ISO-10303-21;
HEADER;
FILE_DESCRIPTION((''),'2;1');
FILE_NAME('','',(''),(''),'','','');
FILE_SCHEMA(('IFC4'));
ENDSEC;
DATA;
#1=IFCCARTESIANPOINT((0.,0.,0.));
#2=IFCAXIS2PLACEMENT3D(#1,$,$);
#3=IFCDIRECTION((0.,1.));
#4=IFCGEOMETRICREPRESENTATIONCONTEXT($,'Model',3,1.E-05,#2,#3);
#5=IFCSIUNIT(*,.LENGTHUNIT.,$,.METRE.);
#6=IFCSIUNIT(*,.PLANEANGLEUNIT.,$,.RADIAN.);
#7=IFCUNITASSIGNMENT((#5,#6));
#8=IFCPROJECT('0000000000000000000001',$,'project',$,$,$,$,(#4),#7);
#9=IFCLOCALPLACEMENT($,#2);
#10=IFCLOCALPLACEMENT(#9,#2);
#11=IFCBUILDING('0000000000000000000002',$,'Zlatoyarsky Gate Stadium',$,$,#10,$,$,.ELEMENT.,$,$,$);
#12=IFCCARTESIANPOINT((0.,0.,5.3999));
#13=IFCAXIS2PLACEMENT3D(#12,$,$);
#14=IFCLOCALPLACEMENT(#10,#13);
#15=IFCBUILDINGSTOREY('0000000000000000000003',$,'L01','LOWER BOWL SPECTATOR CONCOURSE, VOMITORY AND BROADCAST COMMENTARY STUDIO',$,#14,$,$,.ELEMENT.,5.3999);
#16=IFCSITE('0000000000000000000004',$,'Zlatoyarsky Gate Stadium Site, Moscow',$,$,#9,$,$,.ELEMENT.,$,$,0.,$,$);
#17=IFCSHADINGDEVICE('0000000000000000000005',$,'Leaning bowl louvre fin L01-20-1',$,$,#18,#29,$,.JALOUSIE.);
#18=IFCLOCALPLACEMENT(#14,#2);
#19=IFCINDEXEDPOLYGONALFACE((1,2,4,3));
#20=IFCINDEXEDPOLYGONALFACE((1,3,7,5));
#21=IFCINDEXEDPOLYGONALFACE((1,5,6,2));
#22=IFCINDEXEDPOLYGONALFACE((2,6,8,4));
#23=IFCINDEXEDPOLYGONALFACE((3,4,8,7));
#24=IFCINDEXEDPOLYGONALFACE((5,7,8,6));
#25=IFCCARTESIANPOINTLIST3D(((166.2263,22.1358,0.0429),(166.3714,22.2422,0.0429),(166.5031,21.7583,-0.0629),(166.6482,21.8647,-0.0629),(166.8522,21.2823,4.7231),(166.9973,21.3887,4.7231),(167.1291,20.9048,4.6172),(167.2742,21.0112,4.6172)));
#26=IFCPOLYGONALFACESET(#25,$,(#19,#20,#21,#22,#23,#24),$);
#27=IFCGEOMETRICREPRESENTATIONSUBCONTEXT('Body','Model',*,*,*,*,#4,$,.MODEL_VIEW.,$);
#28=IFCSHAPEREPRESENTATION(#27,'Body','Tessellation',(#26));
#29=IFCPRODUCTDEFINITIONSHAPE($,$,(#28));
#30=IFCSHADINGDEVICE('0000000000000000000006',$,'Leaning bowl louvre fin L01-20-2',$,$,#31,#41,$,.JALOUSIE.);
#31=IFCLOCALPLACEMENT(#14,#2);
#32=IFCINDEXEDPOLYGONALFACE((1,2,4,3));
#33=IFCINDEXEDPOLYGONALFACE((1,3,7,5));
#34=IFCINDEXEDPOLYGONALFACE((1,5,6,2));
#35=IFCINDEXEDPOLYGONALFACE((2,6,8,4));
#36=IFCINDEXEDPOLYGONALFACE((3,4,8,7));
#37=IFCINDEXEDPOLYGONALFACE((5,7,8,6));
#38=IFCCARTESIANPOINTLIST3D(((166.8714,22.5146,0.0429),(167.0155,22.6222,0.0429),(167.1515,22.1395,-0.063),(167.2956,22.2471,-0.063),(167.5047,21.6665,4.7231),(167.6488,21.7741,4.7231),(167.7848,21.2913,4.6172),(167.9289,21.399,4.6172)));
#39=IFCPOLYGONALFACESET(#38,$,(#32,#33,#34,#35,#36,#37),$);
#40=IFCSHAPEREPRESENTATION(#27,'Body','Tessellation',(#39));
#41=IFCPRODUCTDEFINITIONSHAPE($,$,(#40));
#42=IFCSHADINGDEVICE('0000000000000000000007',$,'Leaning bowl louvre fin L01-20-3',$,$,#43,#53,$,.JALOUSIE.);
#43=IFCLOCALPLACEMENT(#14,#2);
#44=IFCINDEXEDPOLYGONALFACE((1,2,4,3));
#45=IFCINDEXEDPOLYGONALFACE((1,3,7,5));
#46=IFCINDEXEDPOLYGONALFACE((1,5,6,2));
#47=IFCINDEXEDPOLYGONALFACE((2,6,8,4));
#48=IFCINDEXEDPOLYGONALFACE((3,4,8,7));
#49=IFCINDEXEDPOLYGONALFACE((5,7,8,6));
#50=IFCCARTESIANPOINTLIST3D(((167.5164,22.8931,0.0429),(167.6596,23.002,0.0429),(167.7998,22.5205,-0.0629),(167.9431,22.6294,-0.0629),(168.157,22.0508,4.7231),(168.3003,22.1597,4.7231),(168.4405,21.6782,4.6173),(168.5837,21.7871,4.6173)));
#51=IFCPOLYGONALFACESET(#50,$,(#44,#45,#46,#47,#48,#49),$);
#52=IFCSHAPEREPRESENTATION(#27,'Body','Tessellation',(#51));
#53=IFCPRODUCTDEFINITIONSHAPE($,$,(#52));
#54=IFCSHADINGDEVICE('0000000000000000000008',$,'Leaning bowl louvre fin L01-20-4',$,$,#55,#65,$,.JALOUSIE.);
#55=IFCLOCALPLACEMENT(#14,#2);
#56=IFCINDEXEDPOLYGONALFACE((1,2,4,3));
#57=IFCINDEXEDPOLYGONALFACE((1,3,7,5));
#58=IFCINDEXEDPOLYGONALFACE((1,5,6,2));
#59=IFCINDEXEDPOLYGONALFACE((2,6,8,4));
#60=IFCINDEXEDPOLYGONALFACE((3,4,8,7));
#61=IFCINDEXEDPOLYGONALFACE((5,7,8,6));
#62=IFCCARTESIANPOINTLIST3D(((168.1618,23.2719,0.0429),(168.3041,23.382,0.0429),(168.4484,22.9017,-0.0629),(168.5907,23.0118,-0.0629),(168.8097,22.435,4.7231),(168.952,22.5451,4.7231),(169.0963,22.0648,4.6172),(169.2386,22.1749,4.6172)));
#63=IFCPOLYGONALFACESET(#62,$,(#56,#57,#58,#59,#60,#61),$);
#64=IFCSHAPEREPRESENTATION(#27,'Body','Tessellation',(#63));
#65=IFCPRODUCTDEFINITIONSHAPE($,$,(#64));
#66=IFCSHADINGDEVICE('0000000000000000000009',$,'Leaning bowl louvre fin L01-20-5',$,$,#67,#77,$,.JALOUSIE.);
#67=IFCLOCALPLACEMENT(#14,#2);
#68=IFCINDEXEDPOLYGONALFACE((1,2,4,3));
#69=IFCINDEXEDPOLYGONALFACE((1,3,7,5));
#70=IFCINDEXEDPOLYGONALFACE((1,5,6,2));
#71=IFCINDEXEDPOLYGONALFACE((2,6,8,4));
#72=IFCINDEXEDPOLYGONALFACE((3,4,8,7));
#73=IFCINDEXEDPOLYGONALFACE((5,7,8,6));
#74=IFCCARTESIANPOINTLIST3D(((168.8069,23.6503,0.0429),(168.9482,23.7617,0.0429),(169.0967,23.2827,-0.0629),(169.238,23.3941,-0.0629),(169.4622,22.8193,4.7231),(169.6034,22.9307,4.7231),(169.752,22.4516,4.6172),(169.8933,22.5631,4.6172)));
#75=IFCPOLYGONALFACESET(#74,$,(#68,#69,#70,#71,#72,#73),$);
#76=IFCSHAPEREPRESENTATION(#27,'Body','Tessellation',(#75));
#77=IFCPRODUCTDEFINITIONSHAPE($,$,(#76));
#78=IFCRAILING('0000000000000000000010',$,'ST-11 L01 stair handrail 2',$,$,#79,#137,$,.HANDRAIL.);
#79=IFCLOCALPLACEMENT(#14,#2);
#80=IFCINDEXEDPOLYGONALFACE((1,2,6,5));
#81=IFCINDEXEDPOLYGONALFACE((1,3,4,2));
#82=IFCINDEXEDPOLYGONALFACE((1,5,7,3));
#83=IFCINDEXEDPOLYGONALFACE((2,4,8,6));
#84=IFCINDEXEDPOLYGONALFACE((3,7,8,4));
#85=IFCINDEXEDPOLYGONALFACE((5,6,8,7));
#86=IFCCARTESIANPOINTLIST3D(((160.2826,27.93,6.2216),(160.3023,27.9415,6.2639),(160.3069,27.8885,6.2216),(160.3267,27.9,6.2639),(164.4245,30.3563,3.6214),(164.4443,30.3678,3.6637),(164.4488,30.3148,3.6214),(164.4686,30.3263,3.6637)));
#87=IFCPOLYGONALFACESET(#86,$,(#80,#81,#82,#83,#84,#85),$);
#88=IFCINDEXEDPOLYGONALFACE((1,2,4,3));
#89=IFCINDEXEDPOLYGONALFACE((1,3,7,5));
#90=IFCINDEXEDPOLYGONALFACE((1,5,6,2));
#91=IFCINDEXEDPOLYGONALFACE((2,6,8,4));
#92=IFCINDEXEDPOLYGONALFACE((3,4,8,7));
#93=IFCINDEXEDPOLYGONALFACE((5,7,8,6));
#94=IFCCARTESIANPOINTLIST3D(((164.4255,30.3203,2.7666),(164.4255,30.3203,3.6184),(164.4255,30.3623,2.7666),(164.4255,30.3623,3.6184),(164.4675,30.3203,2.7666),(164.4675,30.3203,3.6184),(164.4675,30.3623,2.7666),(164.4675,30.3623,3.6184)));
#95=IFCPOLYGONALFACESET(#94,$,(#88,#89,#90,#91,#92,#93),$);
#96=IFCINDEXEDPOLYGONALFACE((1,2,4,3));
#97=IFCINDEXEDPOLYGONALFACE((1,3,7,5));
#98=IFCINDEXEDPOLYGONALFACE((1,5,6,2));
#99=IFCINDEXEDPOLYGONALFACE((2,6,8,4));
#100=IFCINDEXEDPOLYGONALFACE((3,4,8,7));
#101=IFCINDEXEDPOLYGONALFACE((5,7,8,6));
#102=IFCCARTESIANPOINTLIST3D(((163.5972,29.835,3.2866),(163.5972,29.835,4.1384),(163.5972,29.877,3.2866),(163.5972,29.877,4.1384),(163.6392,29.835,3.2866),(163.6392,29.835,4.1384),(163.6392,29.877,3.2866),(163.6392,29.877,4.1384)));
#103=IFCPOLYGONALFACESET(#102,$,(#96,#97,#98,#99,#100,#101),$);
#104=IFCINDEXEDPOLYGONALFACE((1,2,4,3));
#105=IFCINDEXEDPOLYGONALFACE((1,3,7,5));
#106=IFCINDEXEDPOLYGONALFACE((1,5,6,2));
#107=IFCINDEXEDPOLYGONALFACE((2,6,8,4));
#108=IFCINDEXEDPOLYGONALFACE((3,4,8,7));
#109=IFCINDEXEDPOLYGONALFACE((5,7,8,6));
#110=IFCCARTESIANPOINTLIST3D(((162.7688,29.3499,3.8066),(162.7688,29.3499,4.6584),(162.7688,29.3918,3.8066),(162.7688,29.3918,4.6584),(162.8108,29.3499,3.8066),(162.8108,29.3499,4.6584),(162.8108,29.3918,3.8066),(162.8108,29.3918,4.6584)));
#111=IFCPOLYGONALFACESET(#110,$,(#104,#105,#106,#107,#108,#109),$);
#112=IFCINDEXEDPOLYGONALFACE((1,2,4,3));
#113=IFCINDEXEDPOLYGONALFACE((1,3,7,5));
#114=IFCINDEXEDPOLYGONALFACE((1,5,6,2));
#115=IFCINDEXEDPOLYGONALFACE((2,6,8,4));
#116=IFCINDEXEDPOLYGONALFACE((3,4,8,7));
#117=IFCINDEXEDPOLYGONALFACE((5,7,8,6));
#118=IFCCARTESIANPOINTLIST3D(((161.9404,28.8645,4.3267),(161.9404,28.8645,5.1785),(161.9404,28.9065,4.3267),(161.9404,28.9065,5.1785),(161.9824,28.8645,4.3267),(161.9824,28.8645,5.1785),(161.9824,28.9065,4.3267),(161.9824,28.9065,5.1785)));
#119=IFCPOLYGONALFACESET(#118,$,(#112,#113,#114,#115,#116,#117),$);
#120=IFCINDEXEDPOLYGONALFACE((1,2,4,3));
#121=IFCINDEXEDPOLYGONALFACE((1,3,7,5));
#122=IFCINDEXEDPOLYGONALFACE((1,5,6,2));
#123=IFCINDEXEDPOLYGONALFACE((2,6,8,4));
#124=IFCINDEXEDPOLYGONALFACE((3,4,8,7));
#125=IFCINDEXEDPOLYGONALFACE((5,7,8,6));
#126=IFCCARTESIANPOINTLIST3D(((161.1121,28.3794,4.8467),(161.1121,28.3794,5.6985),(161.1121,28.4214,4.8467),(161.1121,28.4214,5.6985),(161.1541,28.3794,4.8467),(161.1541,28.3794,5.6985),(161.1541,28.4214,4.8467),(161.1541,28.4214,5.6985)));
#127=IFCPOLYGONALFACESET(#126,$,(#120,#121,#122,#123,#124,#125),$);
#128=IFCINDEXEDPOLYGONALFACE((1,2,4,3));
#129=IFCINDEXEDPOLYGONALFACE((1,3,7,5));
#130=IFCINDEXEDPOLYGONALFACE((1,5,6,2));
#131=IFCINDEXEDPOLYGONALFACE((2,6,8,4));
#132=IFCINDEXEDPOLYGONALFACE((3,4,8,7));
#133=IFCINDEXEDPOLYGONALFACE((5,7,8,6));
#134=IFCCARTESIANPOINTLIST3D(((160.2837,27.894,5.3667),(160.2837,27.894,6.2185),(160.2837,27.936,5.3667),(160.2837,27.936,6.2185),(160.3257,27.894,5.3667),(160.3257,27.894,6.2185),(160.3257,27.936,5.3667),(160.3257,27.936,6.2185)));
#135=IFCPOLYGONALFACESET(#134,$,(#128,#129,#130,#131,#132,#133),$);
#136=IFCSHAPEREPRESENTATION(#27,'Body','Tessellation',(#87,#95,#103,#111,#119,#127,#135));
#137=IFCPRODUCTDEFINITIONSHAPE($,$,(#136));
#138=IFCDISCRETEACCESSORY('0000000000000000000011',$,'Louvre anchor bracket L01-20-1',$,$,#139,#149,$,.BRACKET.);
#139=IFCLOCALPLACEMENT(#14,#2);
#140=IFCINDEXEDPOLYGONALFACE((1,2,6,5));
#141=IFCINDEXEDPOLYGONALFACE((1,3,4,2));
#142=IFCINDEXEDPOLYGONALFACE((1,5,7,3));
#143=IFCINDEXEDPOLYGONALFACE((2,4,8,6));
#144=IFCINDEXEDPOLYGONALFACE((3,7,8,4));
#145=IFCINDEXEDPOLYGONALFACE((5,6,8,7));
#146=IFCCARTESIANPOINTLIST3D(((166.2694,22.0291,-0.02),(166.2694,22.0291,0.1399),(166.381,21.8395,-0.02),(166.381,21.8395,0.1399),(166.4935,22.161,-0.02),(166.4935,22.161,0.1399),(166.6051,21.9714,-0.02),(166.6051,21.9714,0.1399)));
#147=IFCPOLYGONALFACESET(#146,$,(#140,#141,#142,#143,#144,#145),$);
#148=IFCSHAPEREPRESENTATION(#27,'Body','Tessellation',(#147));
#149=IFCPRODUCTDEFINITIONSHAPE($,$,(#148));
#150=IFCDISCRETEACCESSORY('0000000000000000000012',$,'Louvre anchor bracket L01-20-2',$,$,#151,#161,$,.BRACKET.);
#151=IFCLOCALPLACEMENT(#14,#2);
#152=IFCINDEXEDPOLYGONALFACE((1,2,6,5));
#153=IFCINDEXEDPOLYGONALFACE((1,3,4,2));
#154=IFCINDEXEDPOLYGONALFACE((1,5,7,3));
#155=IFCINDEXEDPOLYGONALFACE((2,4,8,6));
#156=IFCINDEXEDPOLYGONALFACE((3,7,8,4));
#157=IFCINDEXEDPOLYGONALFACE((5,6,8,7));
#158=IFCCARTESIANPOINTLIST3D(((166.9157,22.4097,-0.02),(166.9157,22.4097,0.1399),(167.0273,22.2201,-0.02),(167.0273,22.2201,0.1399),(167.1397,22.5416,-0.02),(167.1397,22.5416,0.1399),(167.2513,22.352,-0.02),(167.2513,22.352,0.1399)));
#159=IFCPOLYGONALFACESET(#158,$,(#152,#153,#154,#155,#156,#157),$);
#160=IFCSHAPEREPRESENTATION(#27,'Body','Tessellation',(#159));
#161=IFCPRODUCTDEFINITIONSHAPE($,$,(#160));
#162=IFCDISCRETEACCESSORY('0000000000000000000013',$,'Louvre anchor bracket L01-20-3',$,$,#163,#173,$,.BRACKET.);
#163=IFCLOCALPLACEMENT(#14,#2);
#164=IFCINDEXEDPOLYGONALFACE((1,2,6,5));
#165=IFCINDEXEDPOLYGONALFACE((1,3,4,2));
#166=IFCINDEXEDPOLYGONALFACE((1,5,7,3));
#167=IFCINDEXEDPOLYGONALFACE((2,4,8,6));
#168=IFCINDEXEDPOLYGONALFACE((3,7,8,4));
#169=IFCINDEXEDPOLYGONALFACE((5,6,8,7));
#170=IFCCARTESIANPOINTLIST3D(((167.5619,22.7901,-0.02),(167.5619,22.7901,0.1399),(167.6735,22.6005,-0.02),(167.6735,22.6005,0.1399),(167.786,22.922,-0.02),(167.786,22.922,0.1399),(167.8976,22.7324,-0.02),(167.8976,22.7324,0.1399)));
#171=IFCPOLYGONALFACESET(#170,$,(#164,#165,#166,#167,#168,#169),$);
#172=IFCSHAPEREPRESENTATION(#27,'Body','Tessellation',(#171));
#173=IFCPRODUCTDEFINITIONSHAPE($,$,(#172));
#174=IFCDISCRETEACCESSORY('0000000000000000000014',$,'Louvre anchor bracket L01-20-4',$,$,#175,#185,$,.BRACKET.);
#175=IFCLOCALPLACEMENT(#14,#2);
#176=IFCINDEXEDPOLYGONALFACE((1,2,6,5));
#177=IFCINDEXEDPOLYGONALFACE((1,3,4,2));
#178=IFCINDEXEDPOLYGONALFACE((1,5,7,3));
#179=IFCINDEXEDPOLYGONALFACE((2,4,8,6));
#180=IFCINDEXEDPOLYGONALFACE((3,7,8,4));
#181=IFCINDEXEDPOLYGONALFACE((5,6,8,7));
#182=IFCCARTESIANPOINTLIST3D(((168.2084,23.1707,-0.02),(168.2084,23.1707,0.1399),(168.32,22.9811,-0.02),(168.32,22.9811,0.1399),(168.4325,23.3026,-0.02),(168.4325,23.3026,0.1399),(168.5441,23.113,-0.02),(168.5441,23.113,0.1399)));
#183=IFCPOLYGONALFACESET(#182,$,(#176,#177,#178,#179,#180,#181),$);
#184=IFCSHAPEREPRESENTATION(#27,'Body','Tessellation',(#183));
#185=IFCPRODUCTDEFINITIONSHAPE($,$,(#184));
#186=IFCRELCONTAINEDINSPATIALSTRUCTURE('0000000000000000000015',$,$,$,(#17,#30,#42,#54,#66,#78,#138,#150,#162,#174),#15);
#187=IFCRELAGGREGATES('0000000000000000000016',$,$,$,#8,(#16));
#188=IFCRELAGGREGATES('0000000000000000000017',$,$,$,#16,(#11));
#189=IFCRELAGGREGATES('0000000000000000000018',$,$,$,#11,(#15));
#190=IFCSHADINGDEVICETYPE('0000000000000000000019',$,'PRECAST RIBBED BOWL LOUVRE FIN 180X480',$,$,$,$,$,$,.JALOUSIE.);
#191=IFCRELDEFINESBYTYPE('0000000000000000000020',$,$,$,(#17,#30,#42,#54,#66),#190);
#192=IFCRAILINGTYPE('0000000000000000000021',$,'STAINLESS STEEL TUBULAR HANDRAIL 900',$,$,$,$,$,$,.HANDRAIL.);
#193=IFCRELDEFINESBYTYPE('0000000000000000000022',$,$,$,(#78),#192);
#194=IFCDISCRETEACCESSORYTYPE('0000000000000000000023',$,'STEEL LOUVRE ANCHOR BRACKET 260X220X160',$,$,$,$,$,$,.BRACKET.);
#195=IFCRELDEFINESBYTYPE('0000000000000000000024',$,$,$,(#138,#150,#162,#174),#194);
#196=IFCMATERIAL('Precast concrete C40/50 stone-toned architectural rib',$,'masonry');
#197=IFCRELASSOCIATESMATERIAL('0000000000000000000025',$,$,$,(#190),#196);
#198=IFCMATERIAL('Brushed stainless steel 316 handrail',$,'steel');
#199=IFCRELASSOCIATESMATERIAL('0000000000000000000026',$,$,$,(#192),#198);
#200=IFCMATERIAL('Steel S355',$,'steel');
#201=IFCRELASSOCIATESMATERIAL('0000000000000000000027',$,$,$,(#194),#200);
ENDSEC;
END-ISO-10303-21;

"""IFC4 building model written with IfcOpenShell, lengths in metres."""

from ifc_helpers import new_model, si_unit, direction, frame, origin, origin_2d, place, context, subcontext, project, spatial, rectangle, extrude, material, material_profile, profile_set, type_object, element, save


model = new_model("IFC4")

# Units and contexts
model_context = context("Model", 3, precision=1e-05, world=origin(), true_north=direction((0.0, 1.0)))
body_context = subcontext(model_context, "Body", "Model", "MODEL_VIEW")
ifc_project = project(units=[si_unit("LENGTHUNIT", "METRE"), si_unit("PLANEANGLEUNIT", "RADIAN")], contexts=[model_context])

# Site, building, storey
site_placement = place(None, origin())
site = spatial("IfcSite", under=ifc_project, at=site_placement, Name="Zlatoyarsky Gate Stadium Site, Moscow", CompositionType="ELEMENT", RefElevation=0.0)
building_placement = place(site_placement, origin())
building = spatial("IfcBuilding", under=site, at=building_placement, Name="Zlatoyarsky Gate Stadium", CompositionType="ELEMENT")
storey_placement = place(building_placement, frame((0.0, 0.0, 5.3999)))
storey = spatial("IfcBuildingStorey", under=building, at=storey_placement, Name="L01", Description="LOWER BOWL SPECTATOR CONCOURSE, VOMITORY AND BROADCAST COMMENTARY STUDIO", CompositionType="ELEMENT", Elevation=5.3999)

# Shared definitions
ifc_material_1 = material(Name="Steel S355", Category="steel")

# Shading devices
ifc_material_2 = material(Name="Precast concrete C40/50 stone-toned architectural rib", Category="masonry")
ifc_material_profile_1 = material_profile(ifc_material_2, rectangle(XDim=0.1799, YDim=0.48, at=origin_2d()), Name="RIB 180X480")
ifc_profile_set_1 = profile_set([ifc_material_profile_1], Name="Precast concrete C40/50 stone-toned architectural rib")
shading_device_type = type_object("IfcShadingDeviceType", Name="PRECAST RIBBED BOWL LOUVRE FIN 180X480", PredefinedType="JALOUSIE", material=ifc_profile_set_1)
for number, where, z_axis, x_axis, name in (
    (1, (166.4373, 22.0002, -0.01), (0.130456, -0.177876, 0.975367), (0.806376, 0.591404, 0.0), "Leaning bowl louvre fin L01-20-1"),
    (2, (167.0835, 22.3809, -0.01), (0.131982, -0.176756, 0.975366), (0.801271, 0.598301, 0.0), "Leaning bowl louvre fin L01-20-2"),
    (3, (167.7297, 22.7612, -0.01), (0.13351, -0.175537, 0.975378), (0.79594, 0.605376, 0.0), "Leaning bowl louvre fin L01-20-3"),
    (4, (168.3762, 23.1418, -0.01), (0.135035, -0.174416, 0.975369), (0.790717, 0.612182, 0.0), "Leaning bowl louvre fin L01-20-4"),
    (5, (169.0225, 23.5222, -0.01), (0.136562, -0.173196, 0.975374), (0.785261, 0.619165, 0.0), "Leaning bowl louvre fin L01-20-5"),
):
    element("IfcShadingDevice", number, at=place(storey_placement, frame(where, z_axis=z_axis, x_axis=x_axis)), inside=storey, type_object=shading_device_type, Name=name, PredefinedType="JALOUSIE", context=body_context, shape_type="SweptSolid", body=[
        extrude(rectangle(XDim=0.1799, YDim=0.48, at=origin_2d()), origin(), (0.0, 0.0, 1.0), 4.7983),
    ])

# Railing
ifc_material_3 = material(Name="Brushed stainless steel 316 handrail", Category="steel")
railing_type_1 = type_object("IfcRailingType", Name="STAINLESS STEEL TUBULAR HANDRAIL 900", PredefinedType="HANDRAIL", material=ifc_material_3)
railing_1_placement = place(storey_placement, frame((164.4465, 30.3413, 2.7666)))
element("IfcRailing", 6, at=railing_1_placement, inside=storey, type_object=railing_type_1, Name="ST-11 L01 stair handrail 2", PredefinedType="HANDRAIL", context=body_context, shape_type="SweptSolid", body=[
    extrude(rectangle(XDim=0.0481, YDim=0.0481, at=origin_2d()), frame((0.0, 0.0, 0.876), z_axis=(-0.7587, -0.444442, 0.476284), x_axis=(0.505455, -0.862853, 0.0)), (0.0, 0.0, 1.0), 5.4592),
    extrude(rectangle(XDim=0.042, YDim=0.042, at=origin_2d()), origin(), (0.0, 0.0, 1.0), 0.8518),
    extrude(rectangle(XDim=0.042, YDim=0.042, at=origin_2d()), frame((-0.8284, -0.4854, 0.52)), (0.0, 0.0, 1.0), 0.8518),
    extrude(rectangle(XDim=0.042, YDim=0.042, at=origin_2d()), frame((-1.6567, -0.9705, 1.04)), (0.0, 0.0, 1.0), 0.8518),
    extrude(rectangle(XDim=0.042, YDim=0.042, at=origin_2d()), frame((-2.4851, -1.4558, 1.5601)), (0.0, 0.0, 1.0), 0.8518),
    extrude(rectangle(XDim=0.042, YDim=0.042, at=origin_2d()), frame((-3.3135, -1.9409, 2.0801)), (0.0, 0.0, 1.0), 0.8518),
    extrude(rectangle(XDim=0.042, YDim=0.042, at=origin_2d()), frame((-4.1418, -2.4263, 2.6001)), (0.0, 0.0, 1.0), 0.8518),
])

# Discrete accessories
discrete_accessory_type = type_object("IfcDiscreteAccessoryType", Name="STEEL LOUVRE ANCHOR BRACKET 260X220X160", PredefinedType="BRACKET", material=ifc_material_1)
for number, where, z_axis, x_axis, name in (
    (7, (166.4373, 22.0002, -0.02), (0.0, 0.0, 1.0), (0.861742, 0.507347, 0.0), "Louvre anchor bracket L01-20-1"),
    (8, (167.0835, 22.3809, -0.02), (0.0, 0.0, 1.0), (0.861742, 0.507347, 0.0), "Louvre anchor bracket L01-20-2"),
    (9, (167.7297, 22.7612, -0.02), (0.0, 0.0, 1.0), (0.861742, 0.507347, 0.0), "Louvre anchor bracket L01-20-3"),
    (10, (168.3762, 23.1418, -0.02), (0.0, 0.0, 1.0), (0.861742, 0.507347, 0.0), "Louvre anchor bracket L01-20-4"),
):
    element("IfcDiscreteAccessory", number, at=place(storey_placement, frame(where, z_axis=z_axis, x_axis=x_axis)), inside=storey, type_object=discrete_accessory_type, Name=name, PredefinedType="BRACKET", context=body_context, shape_type="SweptSolid", body=[
        extrude(rectangle(XDim=0.26, YDim=0.22, at=origin_2d()), origin(), (0.0, 0.0, 1.0), 0.1599),
    ])

save(model, "model.ifc")
